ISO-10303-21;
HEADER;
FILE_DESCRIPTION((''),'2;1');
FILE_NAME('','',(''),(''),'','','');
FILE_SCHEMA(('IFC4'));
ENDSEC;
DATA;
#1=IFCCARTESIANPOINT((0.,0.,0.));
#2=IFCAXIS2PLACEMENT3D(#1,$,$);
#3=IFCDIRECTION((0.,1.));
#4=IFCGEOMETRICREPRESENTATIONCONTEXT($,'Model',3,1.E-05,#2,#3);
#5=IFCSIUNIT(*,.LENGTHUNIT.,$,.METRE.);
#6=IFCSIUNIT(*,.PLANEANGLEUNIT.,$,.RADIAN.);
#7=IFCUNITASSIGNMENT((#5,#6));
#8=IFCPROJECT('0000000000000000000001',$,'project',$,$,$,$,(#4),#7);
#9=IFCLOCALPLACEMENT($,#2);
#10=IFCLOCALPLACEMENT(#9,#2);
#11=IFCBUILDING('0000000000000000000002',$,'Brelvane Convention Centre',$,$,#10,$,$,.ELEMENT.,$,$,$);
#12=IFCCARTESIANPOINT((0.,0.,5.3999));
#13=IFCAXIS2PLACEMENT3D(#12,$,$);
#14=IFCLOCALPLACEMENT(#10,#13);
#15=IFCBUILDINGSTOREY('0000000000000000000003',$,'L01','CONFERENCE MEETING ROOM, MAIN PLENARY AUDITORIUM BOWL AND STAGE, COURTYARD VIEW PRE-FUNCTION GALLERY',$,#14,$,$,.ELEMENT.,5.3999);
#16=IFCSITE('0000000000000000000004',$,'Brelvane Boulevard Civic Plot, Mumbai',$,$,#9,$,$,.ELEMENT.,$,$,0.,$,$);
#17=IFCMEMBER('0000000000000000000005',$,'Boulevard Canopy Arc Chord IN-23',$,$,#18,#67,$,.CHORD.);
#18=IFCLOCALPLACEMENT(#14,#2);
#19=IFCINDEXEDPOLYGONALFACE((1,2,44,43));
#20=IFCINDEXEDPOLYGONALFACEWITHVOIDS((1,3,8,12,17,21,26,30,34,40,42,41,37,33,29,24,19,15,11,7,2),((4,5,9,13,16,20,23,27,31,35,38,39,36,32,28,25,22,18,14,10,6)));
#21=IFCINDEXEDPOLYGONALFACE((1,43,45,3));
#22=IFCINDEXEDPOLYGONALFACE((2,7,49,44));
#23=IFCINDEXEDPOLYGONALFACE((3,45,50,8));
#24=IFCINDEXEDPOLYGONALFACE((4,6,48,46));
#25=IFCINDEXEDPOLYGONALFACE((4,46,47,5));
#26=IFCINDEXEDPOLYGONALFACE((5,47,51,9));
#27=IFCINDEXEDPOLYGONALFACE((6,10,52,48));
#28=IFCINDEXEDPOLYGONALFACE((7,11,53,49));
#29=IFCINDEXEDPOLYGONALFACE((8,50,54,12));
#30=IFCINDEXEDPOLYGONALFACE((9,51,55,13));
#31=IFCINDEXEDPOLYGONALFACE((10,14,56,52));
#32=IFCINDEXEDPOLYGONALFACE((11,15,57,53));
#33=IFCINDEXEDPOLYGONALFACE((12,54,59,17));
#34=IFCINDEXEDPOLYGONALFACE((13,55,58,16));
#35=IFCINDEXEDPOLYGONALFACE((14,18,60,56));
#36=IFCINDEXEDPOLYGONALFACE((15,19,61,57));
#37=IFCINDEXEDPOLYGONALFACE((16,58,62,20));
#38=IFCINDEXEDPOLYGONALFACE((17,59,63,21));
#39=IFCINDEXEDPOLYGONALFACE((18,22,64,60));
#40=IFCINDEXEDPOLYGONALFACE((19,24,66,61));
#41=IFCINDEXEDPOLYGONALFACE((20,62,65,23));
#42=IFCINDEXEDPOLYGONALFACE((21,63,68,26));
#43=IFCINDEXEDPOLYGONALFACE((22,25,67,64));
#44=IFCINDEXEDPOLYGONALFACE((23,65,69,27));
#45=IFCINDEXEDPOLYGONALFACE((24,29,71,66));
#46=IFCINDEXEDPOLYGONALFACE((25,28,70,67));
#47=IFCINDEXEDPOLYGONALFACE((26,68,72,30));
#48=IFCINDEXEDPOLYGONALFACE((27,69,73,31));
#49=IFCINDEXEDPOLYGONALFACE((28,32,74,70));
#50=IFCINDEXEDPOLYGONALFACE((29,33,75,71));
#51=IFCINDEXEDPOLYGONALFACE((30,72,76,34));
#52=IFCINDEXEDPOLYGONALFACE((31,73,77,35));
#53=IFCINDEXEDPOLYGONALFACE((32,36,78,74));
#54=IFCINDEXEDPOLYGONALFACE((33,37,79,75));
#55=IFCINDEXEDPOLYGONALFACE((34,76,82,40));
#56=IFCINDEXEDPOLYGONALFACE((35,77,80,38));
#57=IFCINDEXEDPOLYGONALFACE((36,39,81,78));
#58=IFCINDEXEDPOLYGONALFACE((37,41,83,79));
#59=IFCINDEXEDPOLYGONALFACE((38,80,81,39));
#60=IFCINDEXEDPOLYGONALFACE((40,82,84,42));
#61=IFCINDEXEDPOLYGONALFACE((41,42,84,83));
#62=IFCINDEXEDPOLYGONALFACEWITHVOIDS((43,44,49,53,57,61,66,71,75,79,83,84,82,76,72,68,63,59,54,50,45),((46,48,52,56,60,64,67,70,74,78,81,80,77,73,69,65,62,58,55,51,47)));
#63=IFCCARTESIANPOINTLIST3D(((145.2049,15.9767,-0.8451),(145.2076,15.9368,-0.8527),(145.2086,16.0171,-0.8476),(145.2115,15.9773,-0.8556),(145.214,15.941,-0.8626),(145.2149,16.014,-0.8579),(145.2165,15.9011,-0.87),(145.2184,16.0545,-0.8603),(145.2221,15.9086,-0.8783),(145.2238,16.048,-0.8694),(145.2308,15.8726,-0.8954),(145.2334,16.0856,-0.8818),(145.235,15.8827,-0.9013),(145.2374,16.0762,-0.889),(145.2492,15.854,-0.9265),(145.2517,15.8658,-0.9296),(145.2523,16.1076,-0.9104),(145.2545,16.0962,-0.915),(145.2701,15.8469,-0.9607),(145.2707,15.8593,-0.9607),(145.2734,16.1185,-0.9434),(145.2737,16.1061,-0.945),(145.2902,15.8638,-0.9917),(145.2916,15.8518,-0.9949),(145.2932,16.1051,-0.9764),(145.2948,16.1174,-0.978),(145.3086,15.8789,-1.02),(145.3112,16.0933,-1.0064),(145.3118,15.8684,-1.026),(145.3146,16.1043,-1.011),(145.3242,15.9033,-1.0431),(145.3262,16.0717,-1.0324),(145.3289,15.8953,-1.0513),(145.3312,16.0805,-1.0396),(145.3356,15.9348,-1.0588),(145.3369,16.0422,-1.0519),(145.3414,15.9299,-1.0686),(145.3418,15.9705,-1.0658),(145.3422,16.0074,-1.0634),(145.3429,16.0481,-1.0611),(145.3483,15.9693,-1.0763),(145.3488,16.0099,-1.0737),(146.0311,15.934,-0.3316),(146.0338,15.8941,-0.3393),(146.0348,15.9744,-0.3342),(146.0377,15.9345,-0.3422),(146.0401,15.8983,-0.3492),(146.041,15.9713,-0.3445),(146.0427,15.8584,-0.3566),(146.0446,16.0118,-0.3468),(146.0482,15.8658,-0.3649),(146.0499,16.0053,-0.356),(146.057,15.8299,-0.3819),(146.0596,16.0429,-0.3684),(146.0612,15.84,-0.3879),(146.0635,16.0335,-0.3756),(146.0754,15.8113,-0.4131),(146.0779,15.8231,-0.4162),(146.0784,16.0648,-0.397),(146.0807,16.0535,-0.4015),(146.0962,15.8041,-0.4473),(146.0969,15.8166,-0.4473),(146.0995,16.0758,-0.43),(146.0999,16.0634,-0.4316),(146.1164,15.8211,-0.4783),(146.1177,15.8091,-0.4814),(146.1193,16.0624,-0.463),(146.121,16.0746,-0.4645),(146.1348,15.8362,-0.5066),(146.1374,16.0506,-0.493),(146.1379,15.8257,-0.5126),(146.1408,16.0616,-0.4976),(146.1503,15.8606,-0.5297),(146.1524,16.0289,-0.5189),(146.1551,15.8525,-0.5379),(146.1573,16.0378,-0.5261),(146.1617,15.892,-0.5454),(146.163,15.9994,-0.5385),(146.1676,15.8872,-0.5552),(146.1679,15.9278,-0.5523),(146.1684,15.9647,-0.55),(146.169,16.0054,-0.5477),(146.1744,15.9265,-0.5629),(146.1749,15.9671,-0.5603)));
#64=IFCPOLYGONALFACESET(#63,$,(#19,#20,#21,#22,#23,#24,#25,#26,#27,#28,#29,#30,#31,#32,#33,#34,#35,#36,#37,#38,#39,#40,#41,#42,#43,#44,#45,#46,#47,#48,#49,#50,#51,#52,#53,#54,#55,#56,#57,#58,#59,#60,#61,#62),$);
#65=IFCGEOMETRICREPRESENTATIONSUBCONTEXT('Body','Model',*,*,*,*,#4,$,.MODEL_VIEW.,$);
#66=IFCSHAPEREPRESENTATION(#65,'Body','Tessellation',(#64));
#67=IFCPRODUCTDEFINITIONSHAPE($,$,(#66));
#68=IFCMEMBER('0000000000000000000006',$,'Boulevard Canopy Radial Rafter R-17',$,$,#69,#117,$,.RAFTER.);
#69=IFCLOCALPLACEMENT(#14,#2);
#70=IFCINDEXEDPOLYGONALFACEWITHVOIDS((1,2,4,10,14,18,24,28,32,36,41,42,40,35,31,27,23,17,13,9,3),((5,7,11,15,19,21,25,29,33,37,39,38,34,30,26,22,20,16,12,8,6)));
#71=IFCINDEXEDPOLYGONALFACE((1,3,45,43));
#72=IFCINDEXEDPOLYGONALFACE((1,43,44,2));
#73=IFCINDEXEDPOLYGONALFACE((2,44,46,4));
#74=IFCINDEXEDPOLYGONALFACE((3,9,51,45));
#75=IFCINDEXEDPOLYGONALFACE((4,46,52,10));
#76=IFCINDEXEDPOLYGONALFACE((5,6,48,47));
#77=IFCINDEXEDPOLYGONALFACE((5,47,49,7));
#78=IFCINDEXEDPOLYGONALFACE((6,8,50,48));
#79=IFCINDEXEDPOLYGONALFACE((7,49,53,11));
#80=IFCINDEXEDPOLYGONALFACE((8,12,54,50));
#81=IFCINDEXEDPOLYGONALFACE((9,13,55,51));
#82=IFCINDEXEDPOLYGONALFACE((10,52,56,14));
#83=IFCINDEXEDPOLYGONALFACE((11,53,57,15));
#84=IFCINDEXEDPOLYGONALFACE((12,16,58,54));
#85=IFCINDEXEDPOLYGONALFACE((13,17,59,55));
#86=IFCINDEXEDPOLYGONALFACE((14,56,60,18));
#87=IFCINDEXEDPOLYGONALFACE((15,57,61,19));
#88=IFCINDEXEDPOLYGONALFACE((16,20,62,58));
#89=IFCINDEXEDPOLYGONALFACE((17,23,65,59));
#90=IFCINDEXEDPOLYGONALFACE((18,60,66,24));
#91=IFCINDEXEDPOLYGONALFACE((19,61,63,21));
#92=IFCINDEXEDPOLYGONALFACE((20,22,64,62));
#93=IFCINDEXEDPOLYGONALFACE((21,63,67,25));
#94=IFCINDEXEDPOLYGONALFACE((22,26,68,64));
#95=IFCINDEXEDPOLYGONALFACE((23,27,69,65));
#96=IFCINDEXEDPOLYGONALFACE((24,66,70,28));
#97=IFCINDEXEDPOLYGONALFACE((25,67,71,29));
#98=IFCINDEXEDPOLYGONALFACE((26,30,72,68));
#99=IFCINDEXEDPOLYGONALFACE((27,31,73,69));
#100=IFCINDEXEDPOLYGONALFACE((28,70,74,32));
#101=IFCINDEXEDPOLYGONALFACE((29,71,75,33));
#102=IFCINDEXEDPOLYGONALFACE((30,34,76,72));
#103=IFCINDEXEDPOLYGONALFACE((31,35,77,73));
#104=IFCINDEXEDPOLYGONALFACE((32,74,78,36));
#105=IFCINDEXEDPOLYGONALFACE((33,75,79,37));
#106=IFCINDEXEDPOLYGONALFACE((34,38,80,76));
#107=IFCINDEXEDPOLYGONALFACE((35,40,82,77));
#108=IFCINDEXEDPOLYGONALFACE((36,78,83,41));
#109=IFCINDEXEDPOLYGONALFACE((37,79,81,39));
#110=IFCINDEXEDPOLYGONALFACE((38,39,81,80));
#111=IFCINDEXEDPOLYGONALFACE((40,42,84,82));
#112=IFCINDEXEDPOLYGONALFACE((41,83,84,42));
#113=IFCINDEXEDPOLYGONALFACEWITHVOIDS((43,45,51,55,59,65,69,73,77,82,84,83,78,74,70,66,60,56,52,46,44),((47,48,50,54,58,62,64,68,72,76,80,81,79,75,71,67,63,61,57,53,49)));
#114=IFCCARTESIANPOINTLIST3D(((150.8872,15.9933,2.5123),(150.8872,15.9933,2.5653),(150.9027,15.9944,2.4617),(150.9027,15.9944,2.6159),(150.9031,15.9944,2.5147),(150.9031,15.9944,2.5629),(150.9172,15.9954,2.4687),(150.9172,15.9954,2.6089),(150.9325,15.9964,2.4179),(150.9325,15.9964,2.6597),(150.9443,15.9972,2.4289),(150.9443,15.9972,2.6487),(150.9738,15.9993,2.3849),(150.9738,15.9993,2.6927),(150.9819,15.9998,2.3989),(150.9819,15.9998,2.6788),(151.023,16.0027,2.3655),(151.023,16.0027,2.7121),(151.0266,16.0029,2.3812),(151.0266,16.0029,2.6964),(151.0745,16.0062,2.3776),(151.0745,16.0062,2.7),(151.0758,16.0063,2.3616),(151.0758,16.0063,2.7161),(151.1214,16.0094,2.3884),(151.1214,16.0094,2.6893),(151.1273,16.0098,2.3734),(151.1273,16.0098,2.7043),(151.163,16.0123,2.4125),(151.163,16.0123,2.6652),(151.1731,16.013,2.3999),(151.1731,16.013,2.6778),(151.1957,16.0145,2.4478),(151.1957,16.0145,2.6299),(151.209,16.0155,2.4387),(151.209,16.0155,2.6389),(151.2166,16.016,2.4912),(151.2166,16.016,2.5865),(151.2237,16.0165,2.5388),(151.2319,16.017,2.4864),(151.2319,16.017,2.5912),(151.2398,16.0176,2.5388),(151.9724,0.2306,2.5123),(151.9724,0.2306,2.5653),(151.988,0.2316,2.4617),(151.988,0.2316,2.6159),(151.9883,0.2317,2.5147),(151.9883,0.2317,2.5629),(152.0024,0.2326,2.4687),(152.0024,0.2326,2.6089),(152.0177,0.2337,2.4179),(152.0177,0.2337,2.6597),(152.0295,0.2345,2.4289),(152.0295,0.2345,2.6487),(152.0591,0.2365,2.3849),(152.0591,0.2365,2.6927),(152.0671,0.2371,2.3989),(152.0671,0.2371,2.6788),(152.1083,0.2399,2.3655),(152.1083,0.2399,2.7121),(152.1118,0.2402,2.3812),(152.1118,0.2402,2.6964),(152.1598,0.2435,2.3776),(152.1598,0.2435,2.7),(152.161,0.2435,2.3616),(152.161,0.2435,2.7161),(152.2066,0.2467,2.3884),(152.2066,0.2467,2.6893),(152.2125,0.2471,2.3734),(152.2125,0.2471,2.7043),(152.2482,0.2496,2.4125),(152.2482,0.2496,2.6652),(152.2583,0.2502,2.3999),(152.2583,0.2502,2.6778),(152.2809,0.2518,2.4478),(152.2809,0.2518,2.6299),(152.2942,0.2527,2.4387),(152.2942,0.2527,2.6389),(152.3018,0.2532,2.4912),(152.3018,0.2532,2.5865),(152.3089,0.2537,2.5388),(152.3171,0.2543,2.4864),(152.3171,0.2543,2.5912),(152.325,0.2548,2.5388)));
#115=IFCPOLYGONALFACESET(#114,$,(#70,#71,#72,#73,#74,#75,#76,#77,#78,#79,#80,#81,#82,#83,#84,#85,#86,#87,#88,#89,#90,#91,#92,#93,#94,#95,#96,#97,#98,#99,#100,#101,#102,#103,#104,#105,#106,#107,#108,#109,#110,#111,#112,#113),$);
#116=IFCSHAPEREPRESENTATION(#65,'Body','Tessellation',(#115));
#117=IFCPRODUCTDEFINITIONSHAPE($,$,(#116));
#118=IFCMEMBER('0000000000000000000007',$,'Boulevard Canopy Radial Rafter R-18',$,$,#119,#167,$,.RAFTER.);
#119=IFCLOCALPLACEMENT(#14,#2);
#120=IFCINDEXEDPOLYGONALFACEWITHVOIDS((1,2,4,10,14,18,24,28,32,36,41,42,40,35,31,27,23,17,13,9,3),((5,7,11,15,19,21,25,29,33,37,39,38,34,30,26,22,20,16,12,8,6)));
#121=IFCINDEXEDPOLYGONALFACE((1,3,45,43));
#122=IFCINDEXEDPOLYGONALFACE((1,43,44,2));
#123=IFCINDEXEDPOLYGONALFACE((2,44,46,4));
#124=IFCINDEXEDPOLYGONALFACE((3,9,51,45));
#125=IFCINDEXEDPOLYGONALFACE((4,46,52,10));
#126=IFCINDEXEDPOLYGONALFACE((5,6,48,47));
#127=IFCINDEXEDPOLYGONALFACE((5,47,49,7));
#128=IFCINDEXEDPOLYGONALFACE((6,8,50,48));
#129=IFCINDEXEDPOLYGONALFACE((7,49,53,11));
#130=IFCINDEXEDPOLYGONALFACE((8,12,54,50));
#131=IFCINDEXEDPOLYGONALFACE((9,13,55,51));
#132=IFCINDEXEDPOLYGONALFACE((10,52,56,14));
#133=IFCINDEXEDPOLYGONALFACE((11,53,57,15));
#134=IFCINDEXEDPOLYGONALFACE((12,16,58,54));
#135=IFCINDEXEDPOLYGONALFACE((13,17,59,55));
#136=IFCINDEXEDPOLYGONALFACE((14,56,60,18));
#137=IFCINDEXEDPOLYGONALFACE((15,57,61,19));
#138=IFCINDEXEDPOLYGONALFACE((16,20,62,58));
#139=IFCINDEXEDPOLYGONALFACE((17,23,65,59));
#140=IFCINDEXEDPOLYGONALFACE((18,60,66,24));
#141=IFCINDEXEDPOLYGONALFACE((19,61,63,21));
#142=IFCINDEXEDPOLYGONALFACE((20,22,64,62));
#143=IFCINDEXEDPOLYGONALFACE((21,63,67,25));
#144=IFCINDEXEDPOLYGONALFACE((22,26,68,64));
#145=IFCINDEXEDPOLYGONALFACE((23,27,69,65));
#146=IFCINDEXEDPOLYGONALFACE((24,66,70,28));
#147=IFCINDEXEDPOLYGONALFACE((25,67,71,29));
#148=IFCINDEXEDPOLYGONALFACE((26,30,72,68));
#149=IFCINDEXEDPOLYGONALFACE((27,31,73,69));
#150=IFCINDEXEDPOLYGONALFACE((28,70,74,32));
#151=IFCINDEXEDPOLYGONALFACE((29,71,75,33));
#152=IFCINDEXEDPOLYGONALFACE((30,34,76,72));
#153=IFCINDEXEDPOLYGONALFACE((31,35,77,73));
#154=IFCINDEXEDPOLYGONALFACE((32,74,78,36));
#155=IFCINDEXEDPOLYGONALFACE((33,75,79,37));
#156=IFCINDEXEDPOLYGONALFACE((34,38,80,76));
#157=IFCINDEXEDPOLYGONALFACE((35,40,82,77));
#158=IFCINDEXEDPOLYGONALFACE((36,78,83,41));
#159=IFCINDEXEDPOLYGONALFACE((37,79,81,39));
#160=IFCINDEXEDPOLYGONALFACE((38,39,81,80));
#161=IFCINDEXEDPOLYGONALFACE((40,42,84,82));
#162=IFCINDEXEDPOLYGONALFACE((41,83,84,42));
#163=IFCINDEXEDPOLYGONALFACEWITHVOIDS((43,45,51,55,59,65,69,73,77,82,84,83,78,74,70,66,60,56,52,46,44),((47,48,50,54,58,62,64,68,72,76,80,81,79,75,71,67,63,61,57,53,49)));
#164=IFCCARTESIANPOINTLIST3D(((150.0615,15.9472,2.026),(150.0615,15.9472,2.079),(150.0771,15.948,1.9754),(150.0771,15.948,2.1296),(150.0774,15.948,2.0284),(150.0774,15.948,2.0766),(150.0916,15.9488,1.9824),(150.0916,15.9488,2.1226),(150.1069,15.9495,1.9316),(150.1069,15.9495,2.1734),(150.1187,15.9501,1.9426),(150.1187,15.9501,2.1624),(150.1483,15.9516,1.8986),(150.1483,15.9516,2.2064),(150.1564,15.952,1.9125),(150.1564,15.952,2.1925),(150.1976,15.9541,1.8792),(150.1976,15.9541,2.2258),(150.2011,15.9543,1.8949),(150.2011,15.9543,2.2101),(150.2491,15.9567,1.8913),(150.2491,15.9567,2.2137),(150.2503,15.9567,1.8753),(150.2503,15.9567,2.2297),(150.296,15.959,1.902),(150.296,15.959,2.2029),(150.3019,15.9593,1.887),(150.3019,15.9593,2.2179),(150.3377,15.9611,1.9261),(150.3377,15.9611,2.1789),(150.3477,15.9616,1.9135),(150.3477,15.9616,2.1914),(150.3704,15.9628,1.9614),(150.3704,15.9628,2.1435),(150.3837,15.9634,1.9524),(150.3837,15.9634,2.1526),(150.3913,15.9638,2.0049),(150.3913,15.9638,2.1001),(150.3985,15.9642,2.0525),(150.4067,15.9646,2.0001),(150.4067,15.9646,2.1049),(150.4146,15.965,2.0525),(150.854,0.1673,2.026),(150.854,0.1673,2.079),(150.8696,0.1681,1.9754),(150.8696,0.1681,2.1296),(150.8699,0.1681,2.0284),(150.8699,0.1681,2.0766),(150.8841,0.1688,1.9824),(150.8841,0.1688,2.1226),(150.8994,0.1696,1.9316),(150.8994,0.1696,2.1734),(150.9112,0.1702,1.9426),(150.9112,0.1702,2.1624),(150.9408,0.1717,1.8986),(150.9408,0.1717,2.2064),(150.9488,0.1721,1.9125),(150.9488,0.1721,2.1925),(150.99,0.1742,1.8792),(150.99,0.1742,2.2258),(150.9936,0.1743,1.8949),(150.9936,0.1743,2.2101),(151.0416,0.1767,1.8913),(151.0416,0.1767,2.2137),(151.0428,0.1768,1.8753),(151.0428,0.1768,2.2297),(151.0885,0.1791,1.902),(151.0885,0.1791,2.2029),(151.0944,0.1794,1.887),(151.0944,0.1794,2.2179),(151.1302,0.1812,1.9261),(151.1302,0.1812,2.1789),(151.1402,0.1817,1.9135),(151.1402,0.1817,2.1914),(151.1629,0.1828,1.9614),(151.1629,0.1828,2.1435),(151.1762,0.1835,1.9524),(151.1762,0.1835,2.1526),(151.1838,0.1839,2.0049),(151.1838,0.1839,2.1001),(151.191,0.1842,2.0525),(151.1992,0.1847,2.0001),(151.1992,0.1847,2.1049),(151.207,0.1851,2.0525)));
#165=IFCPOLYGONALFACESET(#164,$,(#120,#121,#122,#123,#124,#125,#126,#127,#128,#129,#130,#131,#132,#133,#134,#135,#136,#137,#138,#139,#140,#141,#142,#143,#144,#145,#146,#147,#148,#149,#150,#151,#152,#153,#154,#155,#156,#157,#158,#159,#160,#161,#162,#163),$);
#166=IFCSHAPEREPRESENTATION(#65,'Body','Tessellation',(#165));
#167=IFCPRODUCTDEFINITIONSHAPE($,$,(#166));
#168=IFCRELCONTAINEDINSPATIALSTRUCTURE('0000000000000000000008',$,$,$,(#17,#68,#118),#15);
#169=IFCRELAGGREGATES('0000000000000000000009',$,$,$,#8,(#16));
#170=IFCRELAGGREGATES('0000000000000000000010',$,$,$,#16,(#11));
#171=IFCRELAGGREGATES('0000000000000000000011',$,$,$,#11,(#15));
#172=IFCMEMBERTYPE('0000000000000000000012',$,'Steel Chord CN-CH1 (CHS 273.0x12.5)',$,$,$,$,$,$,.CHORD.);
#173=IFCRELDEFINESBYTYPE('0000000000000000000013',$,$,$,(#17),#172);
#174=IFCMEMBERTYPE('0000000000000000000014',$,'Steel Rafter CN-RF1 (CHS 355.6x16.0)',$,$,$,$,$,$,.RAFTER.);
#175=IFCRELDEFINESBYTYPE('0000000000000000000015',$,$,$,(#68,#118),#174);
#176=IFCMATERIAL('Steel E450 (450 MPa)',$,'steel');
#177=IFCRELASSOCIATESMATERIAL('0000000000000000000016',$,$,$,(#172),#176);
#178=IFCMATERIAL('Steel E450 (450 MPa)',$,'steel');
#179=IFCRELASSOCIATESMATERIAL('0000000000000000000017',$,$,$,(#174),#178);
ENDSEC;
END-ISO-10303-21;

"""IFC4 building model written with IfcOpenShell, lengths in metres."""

from ifc_helpers import new_model, si_unit, direction, frame, origin, origin_2d, place, context, subcontext, project, spatial, hollow_circle, extrude, material, material_profile, profile_set, type_object, element, save


model = new_model("IFC4")

# Units and contexts
model_context = context("Model", 3, precision=1e-05, world=origin(), true_north=direction((0.0, 1.0)))
body_context = subcontext(model_context, "Body", "Model", "MODEL_VIEW")
ifc_project = project(units=[si_unit("LENGTHUNIT", "METRE"), si_unit("PLANEANGLEUNIT", "RADIAN")], contexts=[model_context])

# Site, building, storey
site_placement = place(None, origin())
site = spatial("IfcSite", under=ifc_project, at=site_placement, Name="Brelvane Boulevard Civic Plot, Mumbai", CompositionType="ELEMENT", RefElevation=0.0)
building_placement = place(site_placement, origin())
building = spatial("IfcBuilding", under=site, at=building_placement, Name="Brelvane Convention Centre", CompositionType="ELEMENT")
storey_placement = place(building_placement, frame((0.0, 0.0, 5.3999)))
storey = spatial("IfcBuildingStorey", under=building, at=storey_placement, Name="L01", Description="CONFERENCE MEETING ROOM, MAIN PLENARY AUDITORIUM BOWL AND STAGE, COURTYARD VIEW PRE-FUNCTION GALLERY", CompositionType="ELEMENT", Elevation=5.3999)

# Members
ifc_material_1 = material(Name="Steel E450 (450 MPa)", Category="steel")
ifc_material_profile_1 = material_profile(ifc_material_1, hollow_circle(Radius=0.1365, WallThickness=0.0125, at=origin_2d()), Name="CHS 273.0x12.5")
ifc_profile_set_1 = profile_set([ifc_material_profile_1], Name="Steel E450 (450 MPa)")
member_type_1 = type_object("IfcMemberType", Name="Steel Chord CN-CH1 (CHS 273.0x12.5)", PredefinedType="CHORD", material=ifc_profile_set_1)
member_1_placement = place(storey_placement, frame((146.1033, 15.9404, -0.4473), z_axis=(-0.848531, 0.043881, -0.527323), x_axis=(-0.051645, -0.998666, 0.0)))
element("IfcMember", 1, at=member_1_placement, inside=storey, type_object=member_type_1, Name="Boulevard Canopy Arc Chord IN-23", PredefinedType="CHORD", context=body_context, shape_type="SweptSolid", body=[
    extrude(hollow_circle(Radius=0.1365, WallThickness=0.0125, at=origin_2d()), origin(), (0.0, 0.0, 1.0), 0.9736),
])
ifc_material_2 = material(Name="Steel E450 (450 MPa)", Category="steel")
ifc_material_profile_2 = material_profile(ifc_material_2, hollow_circle(Radius=0.1777, WallThickness=0.0161, at=origin_2d()), Name="CHS 355.6x16.0")
ifc_profile_set_2 = profile_set([ifc_material_profile_2], Name="Steel E450 (450 MPa)")
member_type_2 = type_object("IfcMemberType", Name="Steel Rafter CN-RF1 (CHS 355.6x16.0)", PredefinedType="RAFTER", material=ifc_profile_set_2)
member_2_placement = place(storey_placement, frame((151.0625, 16.0054, 2.5388), z_axis=(0.068684, -0.997638, 0.0), x_axis=(0.997638, 0.068684, 0.0)))
element("IfcMember", 2, at=member_2_placement, inside=storey, type_object=member_type_2, Name="Boulevard Canopy Radial Rafter R-17", PredefinedType="RAFTER", context=body_context, shape_type="SweptSolid", body=[
    extrude(hollow_circle(Radius=0.1777, WallThickness=0.0161, at=origin_2d()), origin(), (0.0, 0.0, 1.0), 15.8),
])
member_3_placement = place(storey_placement, frame((150.2371, 15.9561, 2.0525), z_axis=(0.050157, -0.998741, 0.0), x_axis=(0.998741, 0.050157, 0.0)))
element("IfcMember", 3, at=member_3_placement, inside=storey, type_object=member_type_2, Name="Boulevard Canopy Radial Rafter R-18", PredefinedType="RAFTER", context=body_context, shape_type="SweptSolid", body=[
    extrude(hollow_circle(Radius=0.1777, WallThickness=0.0161, at=origin_2d()), origin(), (0.0, 0.0, 1.0), 15.7998),
])

save(model, "model.ifc")
